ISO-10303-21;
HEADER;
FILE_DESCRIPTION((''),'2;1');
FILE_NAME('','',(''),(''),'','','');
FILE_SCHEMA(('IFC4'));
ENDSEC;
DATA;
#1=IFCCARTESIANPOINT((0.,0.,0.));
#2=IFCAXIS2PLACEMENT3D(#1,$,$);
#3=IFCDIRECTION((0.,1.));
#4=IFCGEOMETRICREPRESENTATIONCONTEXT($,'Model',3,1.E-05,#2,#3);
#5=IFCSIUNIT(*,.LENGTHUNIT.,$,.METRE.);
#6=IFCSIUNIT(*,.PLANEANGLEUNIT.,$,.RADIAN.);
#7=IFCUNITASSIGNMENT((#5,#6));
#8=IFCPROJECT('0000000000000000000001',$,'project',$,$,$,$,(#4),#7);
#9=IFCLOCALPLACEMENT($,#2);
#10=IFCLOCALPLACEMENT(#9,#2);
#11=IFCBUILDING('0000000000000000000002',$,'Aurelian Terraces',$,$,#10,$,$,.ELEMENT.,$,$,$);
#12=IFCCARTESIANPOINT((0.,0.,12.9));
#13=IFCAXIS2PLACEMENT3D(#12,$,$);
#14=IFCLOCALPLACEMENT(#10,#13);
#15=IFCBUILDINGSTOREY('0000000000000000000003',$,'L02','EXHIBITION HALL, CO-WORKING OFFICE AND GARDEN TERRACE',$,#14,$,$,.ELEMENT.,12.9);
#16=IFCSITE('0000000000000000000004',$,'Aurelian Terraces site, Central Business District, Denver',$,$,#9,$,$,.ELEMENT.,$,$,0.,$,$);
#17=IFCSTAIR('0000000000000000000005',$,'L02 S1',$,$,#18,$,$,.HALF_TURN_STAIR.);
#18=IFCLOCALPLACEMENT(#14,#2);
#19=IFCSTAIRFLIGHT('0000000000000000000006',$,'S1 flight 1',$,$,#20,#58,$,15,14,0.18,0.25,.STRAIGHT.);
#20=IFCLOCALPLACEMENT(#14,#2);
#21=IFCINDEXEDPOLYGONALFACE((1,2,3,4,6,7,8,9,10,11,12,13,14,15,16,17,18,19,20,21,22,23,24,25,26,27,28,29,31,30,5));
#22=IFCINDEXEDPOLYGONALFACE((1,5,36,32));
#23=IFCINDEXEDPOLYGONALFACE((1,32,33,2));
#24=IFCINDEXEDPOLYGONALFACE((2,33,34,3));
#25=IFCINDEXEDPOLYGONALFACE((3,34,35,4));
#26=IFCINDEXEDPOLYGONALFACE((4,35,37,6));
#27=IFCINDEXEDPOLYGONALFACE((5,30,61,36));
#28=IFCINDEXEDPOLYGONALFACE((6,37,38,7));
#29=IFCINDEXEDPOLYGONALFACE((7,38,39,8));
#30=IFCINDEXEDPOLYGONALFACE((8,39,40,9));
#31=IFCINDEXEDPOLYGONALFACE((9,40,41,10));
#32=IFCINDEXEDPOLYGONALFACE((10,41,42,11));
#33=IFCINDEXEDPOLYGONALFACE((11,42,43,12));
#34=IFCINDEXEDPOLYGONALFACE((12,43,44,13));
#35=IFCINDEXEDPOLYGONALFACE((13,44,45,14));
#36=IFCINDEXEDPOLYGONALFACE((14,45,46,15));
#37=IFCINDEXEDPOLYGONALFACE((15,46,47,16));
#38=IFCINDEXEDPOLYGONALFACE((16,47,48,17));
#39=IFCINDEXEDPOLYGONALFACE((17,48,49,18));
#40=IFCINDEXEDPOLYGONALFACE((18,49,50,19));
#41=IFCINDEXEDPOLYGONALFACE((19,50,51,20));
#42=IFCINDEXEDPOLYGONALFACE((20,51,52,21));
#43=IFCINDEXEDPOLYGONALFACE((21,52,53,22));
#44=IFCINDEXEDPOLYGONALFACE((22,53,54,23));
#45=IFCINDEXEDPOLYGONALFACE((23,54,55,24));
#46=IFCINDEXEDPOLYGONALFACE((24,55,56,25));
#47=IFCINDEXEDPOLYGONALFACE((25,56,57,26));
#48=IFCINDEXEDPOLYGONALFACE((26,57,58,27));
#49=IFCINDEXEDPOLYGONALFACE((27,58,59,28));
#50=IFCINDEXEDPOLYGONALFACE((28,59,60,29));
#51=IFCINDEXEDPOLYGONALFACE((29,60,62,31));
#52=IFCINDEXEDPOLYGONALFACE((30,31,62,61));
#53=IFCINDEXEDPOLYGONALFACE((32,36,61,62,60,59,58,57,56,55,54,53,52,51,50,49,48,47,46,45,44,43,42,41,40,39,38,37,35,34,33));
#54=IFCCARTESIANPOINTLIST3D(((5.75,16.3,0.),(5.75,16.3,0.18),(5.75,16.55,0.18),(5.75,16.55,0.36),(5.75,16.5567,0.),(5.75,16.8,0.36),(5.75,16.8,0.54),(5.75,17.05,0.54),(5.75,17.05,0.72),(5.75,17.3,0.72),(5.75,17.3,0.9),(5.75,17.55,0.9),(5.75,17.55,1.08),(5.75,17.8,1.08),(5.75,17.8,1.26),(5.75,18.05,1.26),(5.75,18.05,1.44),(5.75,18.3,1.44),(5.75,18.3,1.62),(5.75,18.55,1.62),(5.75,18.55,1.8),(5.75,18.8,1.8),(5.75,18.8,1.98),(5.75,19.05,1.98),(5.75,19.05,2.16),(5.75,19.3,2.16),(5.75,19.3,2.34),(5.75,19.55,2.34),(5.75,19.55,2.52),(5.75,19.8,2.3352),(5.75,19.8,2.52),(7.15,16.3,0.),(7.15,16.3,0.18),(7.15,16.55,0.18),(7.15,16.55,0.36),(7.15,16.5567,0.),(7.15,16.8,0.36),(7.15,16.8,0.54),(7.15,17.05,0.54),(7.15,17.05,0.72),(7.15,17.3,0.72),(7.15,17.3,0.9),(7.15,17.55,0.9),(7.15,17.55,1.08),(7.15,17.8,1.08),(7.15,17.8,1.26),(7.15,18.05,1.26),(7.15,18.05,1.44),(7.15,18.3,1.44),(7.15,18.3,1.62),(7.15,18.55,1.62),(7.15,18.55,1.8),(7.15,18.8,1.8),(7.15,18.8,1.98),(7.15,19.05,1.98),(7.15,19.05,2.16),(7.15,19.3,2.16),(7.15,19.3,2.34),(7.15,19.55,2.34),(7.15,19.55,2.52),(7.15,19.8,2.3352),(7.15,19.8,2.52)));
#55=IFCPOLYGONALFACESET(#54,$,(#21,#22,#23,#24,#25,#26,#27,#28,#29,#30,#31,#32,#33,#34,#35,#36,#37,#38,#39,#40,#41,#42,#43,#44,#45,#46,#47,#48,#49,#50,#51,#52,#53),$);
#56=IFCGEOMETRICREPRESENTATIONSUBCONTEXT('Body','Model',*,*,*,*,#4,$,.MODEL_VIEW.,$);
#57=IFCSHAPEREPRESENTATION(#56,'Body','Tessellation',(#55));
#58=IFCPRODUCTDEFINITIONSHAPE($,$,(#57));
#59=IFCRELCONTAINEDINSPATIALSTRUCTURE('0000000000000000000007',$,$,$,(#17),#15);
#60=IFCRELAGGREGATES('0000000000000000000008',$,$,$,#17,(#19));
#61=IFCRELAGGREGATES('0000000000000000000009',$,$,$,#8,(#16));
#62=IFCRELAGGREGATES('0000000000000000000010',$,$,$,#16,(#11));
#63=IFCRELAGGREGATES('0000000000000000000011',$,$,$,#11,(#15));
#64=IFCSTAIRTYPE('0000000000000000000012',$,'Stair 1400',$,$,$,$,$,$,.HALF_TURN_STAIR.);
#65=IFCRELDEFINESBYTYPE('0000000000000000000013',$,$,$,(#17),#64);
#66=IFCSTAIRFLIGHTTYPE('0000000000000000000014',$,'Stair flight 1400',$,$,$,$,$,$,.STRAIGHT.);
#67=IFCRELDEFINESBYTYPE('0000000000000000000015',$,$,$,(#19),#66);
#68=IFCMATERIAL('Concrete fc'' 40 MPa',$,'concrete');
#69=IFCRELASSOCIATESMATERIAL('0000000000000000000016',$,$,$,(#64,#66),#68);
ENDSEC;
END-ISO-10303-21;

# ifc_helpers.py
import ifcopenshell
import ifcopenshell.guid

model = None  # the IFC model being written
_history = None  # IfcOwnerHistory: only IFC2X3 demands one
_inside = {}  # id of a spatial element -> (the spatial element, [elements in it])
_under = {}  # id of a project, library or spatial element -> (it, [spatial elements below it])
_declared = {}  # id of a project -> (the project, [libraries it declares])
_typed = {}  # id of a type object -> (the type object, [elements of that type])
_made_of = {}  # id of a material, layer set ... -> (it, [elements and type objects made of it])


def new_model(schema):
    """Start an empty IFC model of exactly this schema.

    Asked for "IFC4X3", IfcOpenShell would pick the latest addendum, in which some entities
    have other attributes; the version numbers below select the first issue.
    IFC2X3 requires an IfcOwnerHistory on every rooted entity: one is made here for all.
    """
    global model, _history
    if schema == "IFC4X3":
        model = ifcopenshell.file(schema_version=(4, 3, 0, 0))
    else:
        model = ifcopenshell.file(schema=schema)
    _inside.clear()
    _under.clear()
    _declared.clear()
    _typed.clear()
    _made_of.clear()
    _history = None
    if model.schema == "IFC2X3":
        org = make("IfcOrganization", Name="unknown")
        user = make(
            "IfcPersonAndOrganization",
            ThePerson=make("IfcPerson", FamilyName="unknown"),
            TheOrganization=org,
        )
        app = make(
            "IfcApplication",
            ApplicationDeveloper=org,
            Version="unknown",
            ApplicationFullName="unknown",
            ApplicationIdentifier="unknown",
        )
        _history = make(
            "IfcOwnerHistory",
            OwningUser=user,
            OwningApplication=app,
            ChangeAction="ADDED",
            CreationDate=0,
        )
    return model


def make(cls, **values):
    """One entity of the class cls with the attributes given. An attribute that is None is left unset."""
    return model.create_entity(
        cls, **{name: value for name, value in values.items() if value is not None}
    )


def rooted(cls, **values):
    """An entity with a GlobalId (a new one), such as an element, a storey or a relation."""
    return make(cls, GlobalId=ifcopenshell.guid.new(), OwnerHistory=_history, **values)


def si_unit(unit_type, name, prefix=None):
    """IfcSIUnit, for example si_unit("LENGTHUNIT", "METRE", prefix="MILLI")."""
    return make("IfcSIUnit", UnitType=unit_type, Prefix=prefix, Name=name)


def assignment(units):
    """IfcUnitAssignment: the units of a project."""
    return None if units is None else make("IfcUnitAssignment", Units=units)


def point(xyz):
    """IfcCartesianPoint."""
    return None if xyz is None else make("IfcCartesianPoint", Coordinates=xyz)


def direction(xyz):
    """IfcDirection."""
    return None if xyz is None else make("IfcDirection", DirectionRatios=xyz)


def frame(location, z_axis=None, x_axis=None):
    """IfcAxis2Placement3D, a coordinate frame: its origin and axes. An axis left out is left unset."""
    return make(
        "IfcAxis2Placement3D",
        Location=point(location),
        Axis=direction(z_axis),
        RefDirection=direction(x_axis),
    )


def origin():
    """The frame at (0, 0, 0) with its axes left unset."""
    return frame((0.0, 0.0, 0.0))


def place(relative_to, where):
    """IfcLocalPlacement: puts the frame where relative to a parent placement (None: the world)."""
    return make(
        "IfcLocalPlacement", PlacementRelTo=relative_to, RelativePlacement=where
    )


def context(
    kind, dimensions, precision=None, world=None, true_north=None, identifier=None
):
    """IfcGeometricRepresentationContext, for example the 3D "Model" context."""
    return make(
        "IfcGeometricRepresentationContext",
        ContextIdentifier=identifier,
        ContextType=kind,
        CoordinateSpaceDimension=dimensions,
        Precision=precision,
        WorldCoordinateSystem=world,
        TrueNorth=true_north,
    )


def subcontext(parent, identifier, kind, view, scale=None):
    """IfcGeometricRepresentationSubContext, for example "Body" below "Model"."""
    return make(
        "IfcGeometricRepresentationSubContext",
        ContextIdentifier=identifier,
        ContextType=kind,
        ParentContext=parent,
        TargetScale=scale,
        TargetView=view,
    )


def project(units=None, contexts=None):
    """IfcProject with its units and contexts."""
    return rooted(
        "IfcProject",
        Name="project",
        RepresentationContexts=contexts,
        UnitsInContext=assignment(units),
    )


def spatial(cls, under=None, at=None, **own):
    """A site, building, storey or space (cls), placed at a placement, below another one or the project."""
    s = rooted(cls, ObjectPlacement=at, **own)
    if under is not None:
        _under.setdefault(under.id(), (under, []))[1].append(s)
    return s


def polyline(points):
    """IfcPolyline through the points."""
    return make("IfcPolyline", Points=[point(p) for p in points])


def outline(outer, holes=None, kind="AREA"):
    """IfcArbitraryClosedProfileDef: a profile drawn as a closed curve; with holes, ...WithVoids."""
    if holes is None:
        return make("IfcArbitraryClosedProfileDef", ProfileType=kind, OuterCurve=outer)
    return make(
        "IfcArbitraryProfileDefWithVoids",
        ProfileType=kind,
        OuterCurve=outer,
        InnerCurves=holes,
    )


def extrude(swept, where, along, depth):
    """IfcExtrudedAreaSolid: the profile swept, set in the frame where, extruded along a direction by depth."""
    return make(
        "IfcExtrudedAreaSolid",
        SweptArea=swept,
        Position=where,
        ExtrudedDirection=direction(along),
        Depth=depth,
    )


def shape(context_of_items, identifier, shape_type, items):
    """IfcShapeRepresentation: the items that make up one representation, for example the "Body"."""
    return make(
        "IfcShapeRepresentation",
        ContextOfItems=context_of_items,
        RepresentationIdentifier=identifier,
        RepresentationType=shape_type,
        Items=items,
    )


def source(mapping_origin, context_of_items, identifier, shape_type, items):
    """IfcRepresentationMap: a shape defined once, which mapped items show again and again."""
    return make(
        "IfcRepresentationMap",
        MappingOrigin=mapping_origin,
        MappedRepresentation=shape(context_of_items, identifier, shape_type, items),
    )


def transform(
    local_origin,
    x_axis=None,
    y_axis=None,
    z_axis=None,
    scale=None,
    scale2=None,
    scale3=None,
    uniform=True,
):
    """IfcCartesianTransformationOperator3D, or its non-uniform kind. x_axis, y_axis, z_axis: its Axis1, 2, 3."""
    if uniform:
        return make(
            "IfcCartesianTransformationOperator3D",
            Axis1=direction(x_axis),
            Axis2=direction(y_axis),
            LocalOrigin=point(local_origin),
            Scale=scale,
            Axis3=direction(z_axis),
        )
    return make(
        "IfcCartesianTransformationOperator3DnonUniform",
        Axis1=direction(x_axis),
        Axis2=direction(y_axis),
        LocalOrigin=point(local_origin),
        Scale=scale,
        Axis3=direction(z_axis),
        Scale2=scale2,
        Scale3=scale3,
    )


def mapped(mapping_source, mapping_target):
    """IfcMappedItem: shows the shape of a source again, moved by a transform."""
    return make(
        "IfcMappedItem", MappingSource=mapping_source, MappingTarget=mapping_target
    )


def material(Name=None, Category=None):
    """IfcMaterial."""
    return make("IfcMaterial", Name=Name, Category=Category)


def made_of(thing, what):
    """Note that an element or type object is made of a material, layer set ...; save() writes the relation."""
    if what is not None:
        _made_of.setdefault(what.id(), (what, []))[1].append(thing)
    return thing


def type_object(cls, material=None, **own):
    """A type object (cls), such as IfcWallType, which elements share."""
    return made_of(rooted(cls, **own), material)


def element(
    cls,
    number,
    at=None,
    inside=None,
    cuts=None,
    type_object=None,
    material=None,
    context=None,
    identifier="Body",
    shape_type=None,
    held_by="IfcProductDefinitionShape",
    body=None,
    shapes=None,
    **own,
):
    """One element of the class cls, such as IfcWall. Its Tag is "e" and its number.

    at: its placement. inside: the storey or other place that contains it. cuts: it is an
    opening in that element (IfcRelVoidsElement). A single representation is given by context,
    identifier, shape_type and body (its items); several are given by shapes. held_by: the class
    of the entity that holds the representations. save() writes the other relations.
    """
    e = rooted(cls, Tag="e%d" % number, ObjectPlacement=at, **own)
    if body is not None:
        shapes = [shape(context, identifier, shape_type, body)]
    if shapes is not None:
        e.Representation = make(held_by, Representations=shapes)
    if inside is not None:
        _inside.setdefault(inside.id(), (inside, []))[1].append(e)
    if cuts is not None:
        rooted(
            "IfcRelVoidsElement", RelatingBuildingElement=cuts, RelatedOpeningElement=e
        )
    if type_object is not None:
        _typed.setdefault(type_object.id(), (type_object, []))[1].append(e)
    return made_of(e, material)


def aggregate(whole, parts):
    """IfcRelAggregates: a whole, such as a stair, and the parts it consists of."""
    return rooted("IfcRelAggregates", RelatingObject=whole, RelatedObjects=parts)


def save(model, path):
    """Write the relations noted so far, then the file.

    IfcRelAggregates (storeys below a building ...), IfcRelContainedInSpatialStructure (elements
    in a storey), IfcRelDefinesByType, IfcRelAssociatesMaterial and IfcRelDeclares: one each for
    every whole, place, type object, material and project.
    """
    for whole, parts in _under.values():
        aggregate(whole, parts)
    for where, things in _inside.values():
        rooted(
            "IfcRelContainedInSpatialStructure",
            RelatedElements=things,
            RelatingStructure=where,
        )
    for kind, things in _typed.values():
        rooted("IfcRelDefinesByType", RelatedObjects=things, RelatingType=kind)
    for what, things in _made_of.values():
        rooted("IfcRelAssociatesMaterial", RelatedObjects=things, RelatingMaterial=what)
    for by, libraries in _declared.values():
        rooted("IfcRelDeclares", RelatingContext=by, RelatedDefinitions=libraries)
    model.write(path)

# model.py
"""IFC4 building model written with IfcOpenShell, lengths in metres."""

from ifc_helpers import new_model, si_unit, direction, frame, origin, place, context, subcontext, project, spatial, polyline, outline, extrude, source, transform, mapped, material, type_object, element, aggregate, save


model = new_model("IFC4")

# Units and contexts
model_context = context("Model", 3, precision=1e-05, world=origin(), true_north=direction((0.0, 1.0)))
body_context = subcontext(model_context, "Body", "Model", "MODEL_VIEW")
ifc_project = project(units=[si_unit("LENGTHUNIT", "METRE"), si_unit("PLANEANGLEUNIT", "RADIAN")], contexts=[model_context])

# Site, building, storey
site_placement = place(None, origin())
site = spatial("IfcSite", under=ifc_project, at=site_placement, Name="Aurelian Terraces site, Central Business District, Denver", CompositionType="ELEMENT", RefElevation=0.0)
building_placement = place(site_placement, origin())
building = spatial("IfcBuilding", under=site, at=building_placement, Name="Aurelian Terraces", CompositionType="ELEMENT")
storey_placement = place(building_placement, frame((0.0, 0.0, 12.9)))
storey = spatial("IfcBuildingStorey", under=building, at=storey_placement, Name="L02", Description="EXHIBITION HALL, CO-WORKING OFFICE AND GARDEN TERRACE", CompositionType="ELEMENT", Elevation=12.9)

# Shared definitions
ifc_material_1 = material(Name="Concrete fc' 40 MPa", Category="concrete")

# Stair, stair flight
stair_type = type_object("IfcStairType", Name="Stair 1400", PredefinedType="HALF_TURN_STAIR", material=ifc_material_1)
stair_placement = place(storey_placement, origin())
stair = element("IfcStair", 1, at=stair_placement, inside=storey, type_object=stair_type, Name="L02 S1", PredefinedType="HALF_TURN_STAIR")
stair_flight_type = type_object("IfcStairFlightType", Name="Stair flight 1400", PredefinedType="STRAIGHT", material=ifc_material_1)
shared_shape_1 = source(origin(), body_context, "Body", "SweptSolid", [
    extrude(outline(polyline([(0.0, 0.0), (0.0, 0.18), (0.25, 0.18), (0.25, 0.36), (0.5, 0.36), (0.5, 0.54), (0.75, 0.54), (0.75, 0.72), (1.0, 0.72), (1.0, 0.9), (1.25, 0.9), (1.25, 1.08), (1.5, 1.08), (1.5, 1.26), (1.75, 1.26), (1.75, 1.44), (2.0, 1.44), (2.0, 1.62), (2.25, 1.62), (2.25, 1.8), (2.5, 1.8), (2.5, 1.98), (2.75, 1.98), (2.75, 2.16), (3.0, 2.16), (3.0, 2.34), (3.25, 2.34), (3.25, 2.52), (3.5, 2.52), (3.5, 2.7), (3.5, 2.3352), (0.2567, 0.0), (0.0, 0.0)])), frame((0.0, 0.7, 0.0), z_axis=(0.0, -1.0, 0.0), x_axis=(1.0, 0.0, 0.0)), (0.0, 0.0, 1.0), 1.4),
])
stair_flight_placement = place(storey_placement, frame((6.45, 16.3, 0.0), z_axis=(0.0, 0.0, 1.0), x_axis=(0.0, 1.0, 0.0)))
stair_flight = element("IfcStairFlight", 2, at=stair_flight_placement, type_object=stair_flight_type, Name="S1 flight 1", NumberOfRisers=15, NumberOfTreads=14, PredefinedType="STRAIGHT", RiserHeight=0.18, TreadLength=0.25, context=body_context, shape_type="MappedRepresentation", body=[
    mapped(shared_shape_1, transform((0.0, 0.0, 0.0), scale=1.0)),
])
aggregate(stair, [stair_flight])

save(model, "model.ifc")
